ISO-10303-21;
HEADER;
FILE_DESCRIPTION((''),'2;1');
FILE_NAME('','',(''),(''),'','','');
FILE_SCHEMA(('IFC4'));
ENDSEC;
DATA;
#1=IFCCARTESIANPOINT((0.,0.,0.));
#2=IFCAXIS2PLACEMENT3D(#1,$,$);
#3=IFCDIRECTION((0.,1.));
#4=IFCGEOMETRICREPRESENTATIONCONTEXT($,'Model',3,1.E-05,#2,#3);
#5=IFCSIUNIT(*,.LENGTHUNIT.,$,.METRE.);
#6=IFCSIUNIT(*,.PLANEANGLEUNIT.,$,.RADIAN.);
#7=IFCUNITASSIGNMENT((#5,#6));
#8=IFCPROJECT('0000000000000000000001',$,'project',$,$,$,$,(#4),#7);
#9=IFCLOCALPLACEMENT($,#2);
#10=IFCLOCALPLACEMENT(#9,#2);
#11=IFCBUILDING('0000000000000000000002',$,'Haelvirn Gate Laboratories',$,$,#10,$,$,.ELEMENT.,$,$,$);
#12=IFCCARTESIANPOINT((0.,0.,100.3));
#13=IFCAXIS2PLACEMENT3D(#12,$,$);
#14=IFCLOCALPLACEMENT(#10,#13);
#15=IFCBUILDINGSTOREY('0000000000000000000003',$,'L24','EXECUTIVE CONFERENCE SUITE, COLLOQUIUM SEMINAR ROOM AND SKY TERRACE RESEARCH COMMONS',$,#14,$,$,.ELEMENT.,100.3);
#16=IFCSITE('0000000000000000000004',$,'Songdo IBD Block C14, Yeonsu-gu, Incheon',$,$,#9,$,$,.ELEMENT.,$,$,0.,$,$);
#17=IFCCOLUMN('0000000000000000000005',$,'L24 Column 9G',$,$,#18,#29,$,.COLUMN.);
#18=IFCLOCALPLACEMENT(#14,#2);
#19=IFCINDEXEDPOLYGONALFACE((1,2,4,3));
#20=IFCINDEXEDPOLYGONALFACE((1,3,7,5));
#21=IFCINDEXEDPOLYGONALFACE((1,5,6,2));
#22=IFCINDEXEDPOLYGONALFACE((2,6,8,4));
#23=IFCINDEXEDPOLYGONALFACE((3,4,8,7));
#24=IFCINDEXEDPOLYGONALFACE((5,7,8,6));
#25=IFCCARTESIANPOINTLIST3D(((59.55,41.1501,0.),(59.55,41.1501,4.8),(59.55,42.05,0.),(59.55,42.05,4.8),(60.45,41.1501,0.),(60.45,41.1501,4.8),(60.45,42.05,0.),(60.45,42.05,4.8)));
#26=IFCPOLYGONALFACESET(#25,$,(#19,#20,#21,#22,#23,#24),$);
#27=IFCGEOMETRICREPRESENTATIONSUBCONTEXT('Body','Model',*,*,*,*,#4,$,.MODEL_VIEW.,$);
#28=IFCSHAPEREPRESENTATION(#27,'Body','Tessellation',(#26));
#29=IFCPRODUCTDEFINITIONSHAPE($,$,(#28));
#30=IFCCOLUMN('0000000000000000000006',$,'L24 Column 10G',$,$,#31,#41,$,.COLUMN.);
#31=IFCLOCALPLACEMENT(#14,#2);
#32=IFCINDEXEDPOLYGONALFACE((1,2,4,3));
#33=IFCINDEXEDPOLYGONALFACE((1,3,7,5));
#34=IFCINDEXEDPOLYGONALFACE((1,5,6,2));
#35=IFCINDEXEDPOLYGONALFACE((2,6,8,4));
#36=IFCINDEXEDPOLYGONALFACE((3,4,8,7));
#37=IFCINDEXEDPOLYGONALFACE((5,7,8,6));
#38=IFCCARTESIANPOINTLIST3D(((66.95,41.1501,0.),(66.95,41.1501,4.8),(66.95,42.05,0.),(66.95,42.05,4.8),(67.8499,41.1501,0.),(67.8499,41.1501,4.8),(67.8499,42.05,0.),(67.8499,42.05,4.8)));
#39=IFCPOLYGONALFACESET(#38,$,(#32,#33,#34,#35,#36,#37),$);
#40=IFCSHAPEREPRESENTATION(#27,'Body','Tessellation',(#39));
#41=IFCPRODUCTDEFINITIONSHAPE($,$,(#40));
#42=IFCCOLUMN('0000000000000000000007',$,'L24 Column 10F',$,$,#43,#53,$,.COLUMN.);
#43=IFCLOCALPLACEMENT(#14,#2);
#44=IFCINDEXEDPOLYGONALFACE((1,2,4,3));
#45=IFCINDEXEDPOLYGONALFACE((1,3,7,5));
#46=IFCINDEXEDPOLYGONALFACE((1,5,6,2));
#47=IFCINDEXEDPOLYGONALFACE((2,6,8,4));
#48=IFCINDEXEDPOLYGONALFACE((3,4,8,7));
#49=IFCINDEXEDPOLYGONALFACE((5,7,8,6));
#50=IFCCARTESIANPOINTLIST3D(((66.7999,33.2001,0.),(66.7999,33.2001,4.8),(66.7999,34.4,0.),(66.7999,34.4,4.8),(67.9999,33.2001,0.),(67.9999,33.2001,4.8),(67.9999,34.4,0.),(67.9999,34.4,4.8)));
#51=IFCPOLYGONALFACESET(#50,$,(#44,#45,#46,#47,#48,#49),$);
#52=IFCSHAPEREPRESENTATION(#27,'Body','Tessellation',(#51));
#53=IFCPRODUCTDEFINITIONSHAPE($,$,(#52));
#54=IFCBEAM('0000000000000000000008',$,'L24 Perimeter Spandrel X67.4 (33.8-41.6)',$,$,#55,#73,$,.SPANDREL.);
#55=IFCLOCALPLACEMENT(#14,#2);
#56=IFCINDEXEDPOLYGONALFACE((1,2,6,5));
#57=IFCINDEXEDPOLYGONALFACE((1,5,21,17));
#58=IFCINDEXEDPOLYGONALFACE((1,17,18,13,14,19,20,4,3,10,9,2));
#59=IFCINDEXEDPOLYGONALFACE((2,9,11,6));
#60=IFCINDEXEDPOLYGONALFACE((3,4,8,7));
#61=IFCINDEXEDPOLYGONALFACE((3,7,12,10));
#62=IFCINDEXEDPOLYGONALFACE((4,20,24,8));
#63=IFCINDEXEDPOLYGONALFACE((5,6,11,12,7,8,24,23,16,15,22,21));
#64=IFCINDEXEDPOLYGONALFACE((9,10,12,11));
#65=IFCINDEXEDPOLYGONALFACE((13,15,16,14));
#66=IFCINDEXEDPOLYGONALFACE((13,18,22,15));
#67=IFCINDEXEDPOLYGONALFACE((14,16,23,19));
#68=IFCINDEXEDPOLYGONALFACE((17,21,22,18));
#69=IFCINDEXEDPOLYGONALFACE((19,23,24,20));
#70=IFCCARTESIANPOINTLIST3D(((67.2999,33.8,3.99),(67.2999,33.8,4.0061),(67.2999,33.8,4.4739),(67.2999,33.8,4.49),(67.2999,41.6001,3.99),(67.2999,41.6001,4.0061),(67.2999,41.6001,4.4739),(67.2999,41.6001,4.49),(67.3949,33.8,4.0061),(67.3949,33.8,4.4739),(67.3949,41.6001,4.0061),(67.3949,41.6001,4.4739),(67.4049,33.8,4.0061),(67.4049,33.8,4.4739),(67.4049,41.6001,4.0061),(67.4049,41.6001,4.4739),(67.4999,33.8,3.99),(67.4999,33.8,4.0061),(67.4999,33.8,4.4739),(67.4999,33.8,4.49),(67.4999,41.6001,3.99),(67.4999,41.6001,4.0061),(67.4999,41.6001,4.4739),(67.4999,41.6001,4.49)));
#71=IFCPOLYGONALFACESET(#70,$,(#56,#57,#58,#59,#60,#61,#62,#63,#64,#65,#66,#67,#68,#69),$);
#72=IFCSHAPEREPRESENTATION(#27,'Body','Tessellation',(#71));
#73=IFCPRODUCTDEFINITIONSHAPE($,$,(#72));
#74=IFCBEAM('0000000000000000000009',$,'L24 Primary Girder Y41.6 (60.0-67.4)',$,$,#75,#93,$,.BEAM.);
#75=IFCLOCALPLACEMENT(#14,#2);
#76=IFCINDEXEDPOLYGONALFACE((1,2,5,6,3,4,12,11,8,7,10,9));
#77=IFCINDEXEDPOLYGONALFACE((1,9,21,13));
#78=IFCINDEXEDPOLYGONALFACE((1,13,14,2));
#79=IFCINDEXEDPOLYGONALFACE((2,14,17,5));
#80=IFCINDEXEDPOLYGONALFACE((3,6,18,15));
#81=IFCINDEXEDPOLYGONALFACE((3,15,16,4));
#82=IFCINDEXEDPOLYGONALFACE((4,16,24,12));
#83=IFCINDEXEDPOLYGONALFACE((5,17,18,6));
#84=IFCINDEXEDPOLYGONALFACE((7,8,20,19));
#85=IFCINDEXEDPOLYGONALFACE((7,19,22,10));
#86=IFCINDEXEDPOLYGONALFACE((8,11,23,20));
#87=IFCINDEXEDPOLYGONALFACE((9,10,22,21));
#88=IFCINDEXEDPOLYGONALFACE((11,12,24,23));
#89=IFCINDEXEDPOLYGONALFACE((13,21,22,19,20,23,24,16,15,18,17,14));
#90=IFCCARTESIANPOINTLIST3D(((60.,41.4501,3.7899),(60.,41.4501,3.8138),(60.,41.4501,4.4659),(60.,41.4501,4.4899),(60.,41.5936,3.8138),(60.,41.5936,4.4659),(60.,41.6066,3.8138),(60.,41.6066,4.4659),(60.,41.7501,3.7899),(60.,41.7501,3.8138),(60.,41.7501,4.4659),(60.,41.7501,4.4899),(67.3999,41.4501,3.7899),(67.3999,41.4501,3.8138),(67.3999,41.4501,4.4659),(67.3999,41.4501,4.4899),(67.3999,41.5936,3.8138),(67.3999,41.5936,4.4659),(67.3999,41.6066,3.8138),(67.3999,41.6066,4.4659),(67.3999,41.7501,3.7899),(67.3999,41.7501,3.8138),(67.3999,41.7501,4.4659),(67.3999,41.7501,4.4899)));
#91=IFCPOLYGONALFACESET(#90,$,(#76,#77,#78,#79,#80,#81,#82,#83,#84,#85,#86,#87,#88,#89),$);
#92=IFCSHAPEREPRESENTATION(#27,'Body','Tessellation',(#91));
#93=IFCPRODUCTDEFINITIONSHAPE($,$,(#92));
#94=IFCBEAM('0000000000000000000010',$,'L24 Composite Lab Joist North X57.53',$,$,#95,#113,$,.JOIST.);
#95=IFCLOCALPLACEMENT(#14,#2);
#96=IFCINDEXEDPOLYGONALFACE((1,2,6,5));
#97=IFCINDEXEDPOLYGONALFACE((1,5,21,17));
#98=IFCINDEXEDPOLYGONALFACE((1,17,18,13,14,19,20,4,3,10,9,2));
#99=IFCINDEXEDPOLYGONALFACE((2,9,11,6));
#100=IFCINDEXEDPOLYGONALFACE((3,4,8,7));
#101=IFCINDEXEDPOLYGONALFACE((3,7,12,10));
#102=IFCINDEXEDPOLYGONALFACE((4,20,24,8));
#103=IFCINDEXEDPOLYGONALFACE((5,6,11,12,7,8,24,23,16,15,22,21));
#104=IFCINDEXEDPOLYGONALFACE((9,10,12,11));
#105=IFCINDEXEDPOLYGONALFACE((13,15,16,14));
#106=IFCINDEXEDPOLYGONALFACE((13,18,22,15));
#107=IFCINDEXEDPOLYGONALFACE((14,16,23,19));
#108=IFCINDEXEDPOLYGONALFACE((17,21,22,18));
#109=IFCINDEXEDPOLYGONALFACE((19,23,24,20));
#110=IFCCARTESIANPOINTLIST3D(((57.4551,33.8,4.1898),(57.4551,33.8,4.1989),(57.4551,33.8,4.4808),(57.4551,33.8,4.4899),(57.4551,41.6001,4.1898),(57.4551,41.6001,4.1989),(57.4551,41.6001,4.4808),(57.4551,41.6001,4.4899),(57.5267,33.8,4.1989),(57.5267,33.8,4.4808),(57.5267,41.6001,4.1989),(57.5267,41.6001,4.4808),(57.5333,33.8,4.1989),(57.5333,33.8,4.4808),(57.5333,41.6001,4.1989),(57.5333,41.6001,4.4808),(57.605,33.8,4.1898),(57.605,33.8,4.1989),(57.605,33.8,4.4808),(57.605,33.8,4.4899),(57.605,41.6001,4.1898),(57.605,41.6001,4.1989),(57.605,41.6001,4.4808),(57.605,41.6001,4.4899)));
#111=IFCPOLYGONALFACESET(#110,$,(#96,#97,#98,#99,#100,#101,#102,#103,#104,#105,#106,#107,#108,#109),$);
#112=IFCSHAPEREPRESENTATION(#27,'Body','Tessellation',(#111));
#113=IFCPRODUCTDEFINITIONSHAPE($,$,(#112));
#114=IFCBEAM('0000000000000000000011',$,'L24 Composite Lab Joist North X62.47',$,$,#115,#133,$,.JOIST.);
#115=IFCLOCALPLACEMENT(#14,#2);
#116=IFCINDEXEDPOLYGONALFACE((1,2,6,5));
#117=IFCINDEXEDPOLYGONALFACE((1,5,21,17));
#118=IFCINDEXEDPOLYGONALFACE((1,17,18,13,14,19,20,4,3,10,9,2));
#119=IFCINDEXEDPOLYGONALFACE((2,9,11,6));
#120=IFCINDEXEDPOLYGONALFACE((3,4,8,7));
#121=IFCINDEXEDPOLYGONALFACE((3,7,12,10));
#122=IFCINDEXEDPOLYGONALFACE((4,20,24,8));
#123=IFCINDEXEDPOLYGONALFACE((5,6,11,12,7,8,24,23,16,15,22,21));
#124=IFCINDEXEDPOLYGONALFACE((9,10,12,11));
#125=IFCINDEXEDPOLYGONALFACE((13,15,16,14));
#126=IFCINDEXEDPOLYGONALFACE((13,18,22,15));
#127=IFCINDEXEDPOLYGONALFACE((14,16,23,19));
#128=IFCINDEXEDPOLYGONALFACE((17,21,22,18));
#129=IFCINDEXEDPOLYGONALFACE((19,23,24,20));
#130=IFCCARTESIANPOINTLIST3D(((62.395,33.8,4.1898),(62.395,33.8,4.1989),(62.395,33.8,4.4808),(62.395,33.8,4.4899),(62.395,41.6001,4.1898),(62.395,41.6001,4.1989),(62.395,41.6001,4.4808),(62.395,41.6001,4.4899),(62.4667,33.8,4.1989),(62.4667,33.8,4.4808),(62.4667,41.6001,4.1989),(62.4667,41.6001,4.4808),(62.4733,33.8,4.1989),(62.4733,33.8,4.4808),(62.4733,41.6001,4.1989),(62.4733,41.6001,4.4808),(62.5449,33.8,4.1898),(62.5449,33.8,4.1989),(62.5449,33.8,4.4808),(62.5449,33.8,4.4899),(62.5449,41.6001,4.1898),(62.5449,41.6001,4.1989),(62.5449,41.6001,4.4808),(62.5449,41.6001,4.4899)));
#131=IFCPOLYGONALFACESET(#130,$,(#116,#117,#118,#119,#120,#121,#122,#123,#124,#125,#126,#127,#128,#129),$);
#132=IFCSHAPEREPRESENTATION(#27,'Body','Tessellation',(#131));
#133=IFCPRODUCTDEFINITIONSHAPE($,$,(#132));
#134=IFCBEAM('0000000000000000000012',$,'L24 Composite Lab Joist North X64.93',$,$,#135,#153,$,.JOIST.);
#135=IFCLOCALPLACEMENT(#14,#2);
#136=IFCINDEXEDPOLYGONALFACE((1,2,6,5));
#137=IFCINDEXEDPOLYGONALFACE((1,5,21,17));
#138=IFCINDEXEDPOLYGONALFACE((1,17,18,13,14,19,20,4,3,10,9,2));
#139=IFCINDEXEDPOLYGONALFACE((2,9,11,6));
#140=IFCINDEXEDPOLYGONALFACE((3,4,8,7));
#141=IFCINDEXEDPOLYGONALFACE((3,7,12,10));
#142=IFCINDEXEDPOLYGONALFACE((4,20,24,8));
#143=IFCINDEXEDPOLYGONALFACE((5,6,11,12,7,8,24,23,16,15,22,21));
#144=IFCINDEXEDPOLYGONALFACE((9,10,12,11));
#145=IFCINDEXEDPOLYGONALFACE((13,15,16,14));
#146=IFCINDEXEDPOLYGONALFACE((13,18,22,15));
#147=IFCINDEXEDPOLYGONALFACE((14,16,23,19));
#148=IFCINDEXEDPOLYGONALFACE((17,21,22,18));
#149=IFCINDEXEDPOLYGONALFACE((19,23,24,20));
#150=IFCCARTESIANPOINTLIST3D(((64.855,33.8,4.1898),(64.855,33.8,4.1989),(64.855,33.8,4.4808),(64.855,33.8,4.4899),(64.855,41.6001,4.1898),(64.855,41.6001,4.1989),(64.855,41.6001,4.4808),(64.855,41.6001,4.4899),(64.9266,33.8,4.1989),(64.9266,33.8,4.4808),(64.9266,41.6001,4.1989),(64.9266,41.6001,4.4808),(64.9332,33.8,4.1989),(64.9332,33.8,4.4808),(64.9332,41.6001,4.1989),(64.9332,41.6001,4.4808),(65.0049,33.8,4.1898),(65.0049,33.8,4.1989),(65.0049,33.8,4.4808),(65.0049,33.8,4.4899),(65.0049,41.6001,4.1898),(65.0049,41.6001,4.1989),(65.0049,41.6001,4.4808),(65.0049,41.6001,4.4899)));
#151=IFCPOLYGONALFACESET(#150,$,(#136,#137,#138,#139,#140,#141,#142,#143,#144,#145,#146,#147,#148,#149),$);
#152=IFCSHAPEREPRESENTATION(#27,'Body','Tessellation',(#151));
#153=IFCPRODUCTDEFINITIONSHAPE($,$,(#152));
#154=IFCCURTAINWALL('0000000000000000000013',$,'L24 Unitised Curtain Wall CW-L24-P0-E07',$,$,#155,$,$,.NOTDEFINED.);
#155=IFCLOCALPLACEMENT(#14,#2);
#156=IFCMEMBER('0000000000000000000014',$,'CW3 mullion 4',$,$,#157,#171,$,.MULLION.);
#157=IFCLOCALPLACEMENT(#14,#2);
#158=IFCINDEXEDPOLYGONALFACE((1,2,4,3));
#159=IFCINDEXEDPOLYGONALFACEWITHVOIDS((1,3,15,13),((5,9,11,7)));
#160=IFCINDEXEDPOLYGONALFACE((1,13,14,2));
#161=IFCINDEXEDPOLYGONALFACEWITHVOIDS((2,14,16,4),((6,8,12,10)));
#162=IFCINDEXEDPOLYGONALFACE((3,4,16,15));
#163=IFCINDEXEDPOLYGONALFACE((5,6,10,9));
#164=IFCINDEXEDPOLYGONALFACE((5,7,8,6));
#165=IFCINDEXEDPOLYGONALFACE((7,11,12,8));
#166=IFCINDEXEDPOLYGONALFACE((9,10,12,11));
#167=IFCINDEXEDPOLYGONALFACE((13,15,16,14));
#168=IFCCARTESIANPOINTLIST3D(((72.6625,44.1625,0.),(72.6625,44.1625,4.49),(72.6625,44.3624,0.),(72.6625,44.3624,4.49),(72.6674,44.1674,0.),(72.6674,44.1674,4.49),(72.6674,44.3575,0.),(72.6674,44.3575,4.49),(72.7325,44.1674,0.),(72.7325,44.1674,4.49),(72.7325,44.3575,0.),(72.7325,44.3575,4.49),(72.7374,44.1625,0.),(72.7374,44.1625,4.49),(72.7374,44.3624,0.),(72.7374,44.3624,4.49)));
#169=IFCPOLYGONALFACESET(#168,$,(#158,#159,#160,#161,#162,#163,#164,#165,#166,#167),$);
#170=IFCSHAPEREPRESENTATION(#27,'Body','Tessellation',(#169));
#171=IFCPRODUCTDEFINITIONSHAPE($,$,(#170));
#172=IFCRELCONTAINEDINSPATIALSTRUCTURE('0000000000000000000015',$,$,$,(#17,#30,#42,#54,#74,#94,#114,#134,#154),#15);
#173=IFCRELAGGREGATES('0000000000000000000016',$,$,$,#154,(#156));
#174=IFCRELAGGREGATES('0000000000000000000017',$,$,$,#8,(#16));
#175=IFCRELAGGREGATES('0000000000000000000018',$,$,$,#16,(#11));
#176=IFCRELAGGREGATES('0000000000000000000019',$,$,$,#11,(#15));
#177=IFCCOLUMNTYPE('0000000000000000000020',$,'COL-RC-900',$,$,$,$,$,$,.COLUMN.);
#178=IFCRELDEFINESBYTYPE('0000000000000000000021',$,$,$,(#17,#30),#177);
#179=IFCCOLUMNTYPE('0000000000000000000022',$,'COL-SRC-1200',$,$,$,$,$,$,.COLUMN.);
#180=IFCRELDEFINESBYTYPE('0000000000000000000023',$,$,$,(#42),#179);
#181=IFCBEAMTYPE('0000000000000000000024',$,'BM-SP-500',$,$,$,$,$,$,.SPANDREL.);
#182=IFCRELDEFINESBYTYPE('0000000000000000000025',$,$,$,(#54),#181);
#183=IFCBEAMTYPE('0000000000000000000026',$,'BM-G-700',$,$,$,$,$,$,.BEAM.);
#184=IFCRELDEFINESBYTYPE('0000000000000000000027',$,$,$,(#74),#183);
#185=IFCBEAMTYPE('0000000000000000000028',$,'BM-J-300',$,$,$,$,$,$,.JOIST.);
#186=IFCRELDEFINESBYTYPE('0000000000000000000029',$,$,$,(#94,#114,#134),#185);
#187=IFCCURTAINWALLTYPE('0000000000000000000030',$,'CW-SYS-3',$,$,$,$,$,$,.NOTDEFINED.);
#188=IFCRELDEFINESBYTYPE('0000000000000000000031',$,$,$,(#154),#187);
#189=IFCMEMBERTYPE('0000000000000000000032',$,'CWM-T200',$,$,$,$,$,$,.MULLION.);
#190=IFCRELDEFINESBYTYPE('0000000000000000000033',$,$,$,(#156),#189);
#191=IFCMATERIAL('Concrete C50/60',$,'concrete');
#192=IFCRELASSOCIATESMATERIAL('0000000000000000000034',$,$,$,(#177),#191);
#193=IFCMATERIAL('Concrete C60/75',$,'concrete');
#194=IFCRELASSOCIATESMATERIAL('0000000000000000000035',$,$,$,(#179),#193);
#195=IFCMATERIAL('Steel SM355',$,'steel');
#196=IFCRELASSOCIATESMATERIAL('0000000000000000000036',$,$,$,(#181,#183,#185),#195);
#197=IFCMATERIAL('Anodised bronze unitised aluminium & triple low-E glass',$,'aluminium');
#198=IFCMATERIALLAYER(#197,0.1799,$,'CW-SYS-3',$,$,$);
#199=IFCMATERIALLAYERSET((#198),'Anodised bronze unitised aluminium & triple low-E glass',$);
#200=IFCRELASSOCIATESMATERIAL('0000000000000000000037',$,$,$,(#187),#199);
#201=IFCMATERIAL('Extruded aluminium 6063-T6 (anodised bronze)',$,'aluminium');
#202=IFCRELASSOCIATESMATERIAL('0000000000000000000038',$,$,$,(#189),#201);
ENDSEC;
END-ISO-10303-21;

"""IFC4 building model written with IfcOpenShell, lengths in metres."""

from ifc_helpers import new_model, si_unit, direction, frame, origin, origin_2d, place, context, subcontext, project, spatial, rectangle, hollow_rectangle, i_section, extrude, source, transform, mapped, material, layer, layer_set, material_profile, profile_set, type_object, type_shapes, element, aggregate, save


model = new_model("IFC4")

# Units and contexts
model_context = context("Model", 3, precision=1e-05, world=origin(), true_north=direction((0.0, 1.0)))
body_context = subcontext(model_context, "Body", "Model", "MODEL_VIEW")
ifc_project = project(units=[si_unit("LENGTHUNIT", "METRE"), si_unit("PLANEANGLEUNIT", "RADIAN")], contexts=[model_context])

# Site, building, storey
site_placement = place(None, origin())
site = spatial("IfcSite", under=ifc_project, at=site_placement, Name="Songdo IBD Block C14, Yeonsu-gu, Incheon", CompositionType="ELEMENT", RefElevation=0.0)
building_placement = place(site_placement, origin())
building = spatial("IfcBuilding", under=site, at=building_placement, Name="Haelvirn Gate Laboratories", CompositionType="ELEMENT")
storey_placement = place(building_placement, frame((0.0, 0.0, 100.3)))
storey = spatial("IfcBuildingStorey", under=building, at=storey_placement, Name="L24", Description="EXECUTIVE CONFERENCE SUITE, COLLOQUIUM SEMINAR ROOM AND SKY TERRACE RESEARCH COMMONS", CompositionType="ELEMENT", Elevation=100.3)

# Columns
ifc_material_1 = material(Name="Concrete C50/60", Category="concrete")
ifc_material_profile_1 = material_profile(ifc_material_1, rectangle(XDim=0.8999, YDim=0.8999, at=origin_2d()), Name="RC-900x900")
ifc_profile_set_1 = profile_set([ifc_material_profile_1], Name="Concrete C50/60")
column_type_1 = type_object("IfcColumnType", Name="COL-RC-900", PredefinedType="COLUMN", material=ifc_profile_set_1)
shared_shape_1 = source(origin(), body_context, "Body", "SweptSolid", [
    extrude(rectangle(XDim=0.8999, YDim=0.8999, at=origin_2d()), origin(), (0.0, 0.0, 1.0), 4.8),
])
type_shapes(column_type_1, [shared_shape_1])
for number, where, z_axis, x_axis, name in (
    (1, (60.0, 41.6001, 0.0), (0.0, 0.0, 1.0), (1.0, 0.0, 0.0), "L24 Column 9G"),
    (2, (67.3999, 41.6001, 0.0), (0.0, 0.0, 1.0), (1.0, 0.0, 0.0), "L24 Column 10G"),
):
    element("IfcColumn", number, at=place(storey_placement, frame(where, z_axis=z_axis, x_axis=x_axis)), inside=storey, type_object=column_type_1, Name=name, PredefinedType="COLUMN", context=body_context, shape_type="MappedRepresentation", body=[
        mapped(shared_shape_1, transform((0.0, 0.0, 0.0), scale=1.0)),
    ])
ifc_material_2 = material(Name="Concrete C60/75", Category="concrete")
ifc_material_profile_2 = material_profile(ifc_material_2, rectangle(XDim=1.2, YDim=1.2, at=origin_2d()), Name="SRC-1200x1200")
ifc_profile_set_2 = profile_set([ifc_material_profile_2], Name="Concrete C60/75")
column_type_2 = type_object("IfcColumnType", Name="COL-SRC-1200", PredefinedType="COLUMN", material=ifc_profile_set_2)
shared_shape_2 = source(origin(), body_context, "Body", "SweptSolid", [
    extrude(rectangle(XDim=1.2, YDim=1.2, at=origin_2d()), origin(), (0.0, 0.0, 1.0), 4.8),
])
type_shapes(column_type_2, [shared_shape_2])
column_placement = place(storey_placement, frame((67.3999, 33.8, 0.0), z_axis=(0.0, 0.0, 1.0), x_axis=(1.0, 0.0, 0.0)))
element("IfcColumn", 3, at=column_placement, inside=storey, type_object=column_type_2, Name="L24 Column 10F", PredefinedType="COLUMN", context=body_context, shape_type="MappedRepresentation", body=[
    mapped(shared_shape_2, transform((0.0, 0.0, 0.0), scale=1.0)),
])

# Beams
ifc_material_3 = material(Name="Steel SM355", Category="steel")
ifc_material_profile_3 = material_profile(ifc_material_3, i_section(OverallWidth=0.2, OverallDepth=0.5, WebThickness=0.01, FlangeThickness=0.0161, at=origin_2d()), Name="H-500x200x10x16")
ifc_profile_set_3 = profile_set([ifc_material_profile_3], Name="Steel SM355")
beam_type_1 = type_object("IfcBeamType", Name="BM-SP-500", PredefinedType="SPANDREL", material=ifc_profile_set_3)
shared_shape_3 = source(origin(), body_context, "Body", "SweptSolid", [
    extrude(i_section(OverallWidth=0.2, OverallDepth=0.5, WebThickness=0.01, FlangeThickness=0.0161, at=origin_2d()), origin(), (0.0, 0.0, 1.0), 7.8),
])
type_shapes(beam_type_1, [shared_shape_3])
beam_1_placement = place(storey_placement, frame((67.3999, 33.8, 4.24), z_axis=(0.0, 1.0, 0.0), x_axis=(-1.0, 0.0, 0.0)))
element("IfcBeam", 4, at=beam_1_placement, inside=storey, type_object=beam_type_1, Name="L24 Perimeter Spandrel X67.4 (33.8-41.6)", PredefinedType="SPANDREL", context=body_context, shape_type="MappedRepresentation", body=[
    mapped(shared_shape_3, transform((0.0, 0.0, 0.0), scale=1.0)),
])
ifc_material_profile_4 = material_profile(ifc_material_3, i_section(OverallWidth=0.3, OverallDepth=0.7, WebThickness=0.0129, FlangeThickness=0.0239, at=origin_2d()), Name="H-700x300x13x24")
ifc_profile_set_4 = profile_set([ifc_material_profile_4], Name="Steel SM355")
beam_type_2 = type_object("IfcBeamType", Name="BM-G-700", PredefinedType="BEAM", material=ifc_profile_set_4)
shared_shape_4 = source(origin(), body_context, "Body", "SweptSolid", [
    extrude(i_section(OverallWidth=0.3, OverallDepth=0.7, WebThickness=0.0129, FlangeThickness=0.0239, at=origin_2d()), origin(), (0.0, 0.0, 1.0), 7.3999),
])
type_shapes(beam_type_2, [shared_shape_4])
beam_2_placement = place(storey_placement, frame((60.0, 41.6001, 4.1399), z_axis=(1.0, 0.0, 0.0), x_axis=(0.0, 1.0, 0.0)))
element("IfcBeam", 5, at=beam_2_placement, inside=storey, type_object=beam_type_2, Name="L24 Primary Girder Y41.6 (60.0-67.4)", PredefinedType="BEAM", context=body_context, shape_type="MappedRepresentation", body=[
    mapped(shared_shape_4, transform((0.0, 0.0, 0.0), scale=1.0)),
])
ifc_material_profile_5 = material_profile(ifc_material_3, i_section(OverallWidth=0.1499, OverallDepth=0.3, WebThickness=0.0066, FlangeThickness=0.009, at=origin_2d()), Name="H-300x150x6.5x9")
ifc_profile_set_5 = profile_set([ifc_material_profile_5], Name="Steel SM355")
beam_type_3 = type_object("IfcBeamType", Name="BM-J-300", PredefinedType="JOIST", material=ifc_profile_set_5)
shared_shape_5 = source(origin(), body_context, "Body", "SweptSolid", [
    extrude(i_section(OverallWidth=0.1499, OverallDepth=0.3, WebThickness=0.0066, FlangeThickness=0.009, at=origin_2d()), origin(), (0.0, 0.0, 1.0), 7.8),
])
type_shapes(beam_type_3, [shared_shape_5])
for number, where, z_axis, x_axis, name in (
    (6, (57.53, 33.8, 4.3398), (0.0, 1.0, 0.0), (-1.0, 0.0, 0.0), "L24 Composite Lab Joist North X57.53"),
    (7, (62.47, 33.8, 4.3398), (0.0, 1.0, 0.0), (-1.0, 0.0, 0.0), "L24 Composite Lab Joist North X62.47"),
    (8, (64.9299, 33.8, 4.3398), (0.0, 1.0, 0.0), (-1.0, 0.0, 0.0), "L24 Composite Lab Joist North X64.93"),
):
    element("IfcBeam", number, at=place(storey_placement, frame(where, z_axis=z_axis, x_axis=x_axis)), inside=storey, type_object=beam_type_3, Name=name, PredefinedType="JOIST", context=body_context, shape_type="MappedRepresentation", body=[
        mapped(shared_shape_5, transform((0.0, 0.0, 0.0), scale=1.0)),
    ])

# Curtain wall, member
ifc_material_4 = material(Name="Anodised bronze unitised aluminium & triple low-E glass", Category="aluminium")
ifc_layer_1 = layer(ifc_material_4, 0.1799, Name="CW-SYS-3")
ifc_layer_set_1 = layer_set([ifc_layer_1], Name="Anodised bronze unitised aluminium & triple low-E glass")
curtain_wall_type_1 = type_object("IfcCurtainWallType", Name="CW-SYS-3", PredefinedType="NOTDEFINED", material=ifc_layer_set_1)
curtain_wall_1_placement = place(storey_placement, origin())
curtain_wall_1 = element("IfcCurtainWall", 9, at=curtain_wall_1_placement, inside=storey, type_object=curtain_wall_type_1, Name="L24 Unitised Curtain Wall CW-L24-P0-E07", PredefinedType="NOTDEFINED")
ifc_material_5 = material(Name="Extruded aluminium 6063-T6 (anodised bronze)", Category="aluminium")
ifc_material_profile_6 = material_profile(ifc_material_5, hollow_rectangle(XDim=0.075, YDim=0.2, WallThickness=0.0049, at=origin_2d()), Name="CWM-200x75x5")
ifc_profile_set_6 = profile_set([ifc_material_profile_6], Name="Extruded aluminium 6063-T6 (anodised bronze)")
member_type_1 = type_object("IfcMemberType", Name="CWM-T200", PredefinedType="MULLION", material=ifc_profile_set_6)
shared_shape_6 = source(origin(), body_context, "Body", "SweptSolid", [
    extrude(hollow_rectangle(XDim=0.075, YDim=0.2, WallThickness=0.0049, at=origin_2d()), origin(), (0.0, 0.0, 1.0), 4.49),
])
type_shapes(member_type_1, [shared_shape_6])
member_1_placement = place(storey_placement, frame((72.7, 44.2625, 0.0), z_axis=(0.0, 0.0, 1.0), x_axis=(-1.0, 0.0, 0.0)))
member_1 = element("IfcMember", 10, at=member_1_placement, type_object=member_type_1, Name="CW3 mullion 4", PredefinedType="MULLION", context=body_context, shape_type="MappedRepresentation", body=[
    mapped(shared_shape_6, transform((0.0, 0.0, 0.0), scale=1.0)),
])

aggregate(curtain_wall_1, [member_1])

save(model, "model.ifc")
